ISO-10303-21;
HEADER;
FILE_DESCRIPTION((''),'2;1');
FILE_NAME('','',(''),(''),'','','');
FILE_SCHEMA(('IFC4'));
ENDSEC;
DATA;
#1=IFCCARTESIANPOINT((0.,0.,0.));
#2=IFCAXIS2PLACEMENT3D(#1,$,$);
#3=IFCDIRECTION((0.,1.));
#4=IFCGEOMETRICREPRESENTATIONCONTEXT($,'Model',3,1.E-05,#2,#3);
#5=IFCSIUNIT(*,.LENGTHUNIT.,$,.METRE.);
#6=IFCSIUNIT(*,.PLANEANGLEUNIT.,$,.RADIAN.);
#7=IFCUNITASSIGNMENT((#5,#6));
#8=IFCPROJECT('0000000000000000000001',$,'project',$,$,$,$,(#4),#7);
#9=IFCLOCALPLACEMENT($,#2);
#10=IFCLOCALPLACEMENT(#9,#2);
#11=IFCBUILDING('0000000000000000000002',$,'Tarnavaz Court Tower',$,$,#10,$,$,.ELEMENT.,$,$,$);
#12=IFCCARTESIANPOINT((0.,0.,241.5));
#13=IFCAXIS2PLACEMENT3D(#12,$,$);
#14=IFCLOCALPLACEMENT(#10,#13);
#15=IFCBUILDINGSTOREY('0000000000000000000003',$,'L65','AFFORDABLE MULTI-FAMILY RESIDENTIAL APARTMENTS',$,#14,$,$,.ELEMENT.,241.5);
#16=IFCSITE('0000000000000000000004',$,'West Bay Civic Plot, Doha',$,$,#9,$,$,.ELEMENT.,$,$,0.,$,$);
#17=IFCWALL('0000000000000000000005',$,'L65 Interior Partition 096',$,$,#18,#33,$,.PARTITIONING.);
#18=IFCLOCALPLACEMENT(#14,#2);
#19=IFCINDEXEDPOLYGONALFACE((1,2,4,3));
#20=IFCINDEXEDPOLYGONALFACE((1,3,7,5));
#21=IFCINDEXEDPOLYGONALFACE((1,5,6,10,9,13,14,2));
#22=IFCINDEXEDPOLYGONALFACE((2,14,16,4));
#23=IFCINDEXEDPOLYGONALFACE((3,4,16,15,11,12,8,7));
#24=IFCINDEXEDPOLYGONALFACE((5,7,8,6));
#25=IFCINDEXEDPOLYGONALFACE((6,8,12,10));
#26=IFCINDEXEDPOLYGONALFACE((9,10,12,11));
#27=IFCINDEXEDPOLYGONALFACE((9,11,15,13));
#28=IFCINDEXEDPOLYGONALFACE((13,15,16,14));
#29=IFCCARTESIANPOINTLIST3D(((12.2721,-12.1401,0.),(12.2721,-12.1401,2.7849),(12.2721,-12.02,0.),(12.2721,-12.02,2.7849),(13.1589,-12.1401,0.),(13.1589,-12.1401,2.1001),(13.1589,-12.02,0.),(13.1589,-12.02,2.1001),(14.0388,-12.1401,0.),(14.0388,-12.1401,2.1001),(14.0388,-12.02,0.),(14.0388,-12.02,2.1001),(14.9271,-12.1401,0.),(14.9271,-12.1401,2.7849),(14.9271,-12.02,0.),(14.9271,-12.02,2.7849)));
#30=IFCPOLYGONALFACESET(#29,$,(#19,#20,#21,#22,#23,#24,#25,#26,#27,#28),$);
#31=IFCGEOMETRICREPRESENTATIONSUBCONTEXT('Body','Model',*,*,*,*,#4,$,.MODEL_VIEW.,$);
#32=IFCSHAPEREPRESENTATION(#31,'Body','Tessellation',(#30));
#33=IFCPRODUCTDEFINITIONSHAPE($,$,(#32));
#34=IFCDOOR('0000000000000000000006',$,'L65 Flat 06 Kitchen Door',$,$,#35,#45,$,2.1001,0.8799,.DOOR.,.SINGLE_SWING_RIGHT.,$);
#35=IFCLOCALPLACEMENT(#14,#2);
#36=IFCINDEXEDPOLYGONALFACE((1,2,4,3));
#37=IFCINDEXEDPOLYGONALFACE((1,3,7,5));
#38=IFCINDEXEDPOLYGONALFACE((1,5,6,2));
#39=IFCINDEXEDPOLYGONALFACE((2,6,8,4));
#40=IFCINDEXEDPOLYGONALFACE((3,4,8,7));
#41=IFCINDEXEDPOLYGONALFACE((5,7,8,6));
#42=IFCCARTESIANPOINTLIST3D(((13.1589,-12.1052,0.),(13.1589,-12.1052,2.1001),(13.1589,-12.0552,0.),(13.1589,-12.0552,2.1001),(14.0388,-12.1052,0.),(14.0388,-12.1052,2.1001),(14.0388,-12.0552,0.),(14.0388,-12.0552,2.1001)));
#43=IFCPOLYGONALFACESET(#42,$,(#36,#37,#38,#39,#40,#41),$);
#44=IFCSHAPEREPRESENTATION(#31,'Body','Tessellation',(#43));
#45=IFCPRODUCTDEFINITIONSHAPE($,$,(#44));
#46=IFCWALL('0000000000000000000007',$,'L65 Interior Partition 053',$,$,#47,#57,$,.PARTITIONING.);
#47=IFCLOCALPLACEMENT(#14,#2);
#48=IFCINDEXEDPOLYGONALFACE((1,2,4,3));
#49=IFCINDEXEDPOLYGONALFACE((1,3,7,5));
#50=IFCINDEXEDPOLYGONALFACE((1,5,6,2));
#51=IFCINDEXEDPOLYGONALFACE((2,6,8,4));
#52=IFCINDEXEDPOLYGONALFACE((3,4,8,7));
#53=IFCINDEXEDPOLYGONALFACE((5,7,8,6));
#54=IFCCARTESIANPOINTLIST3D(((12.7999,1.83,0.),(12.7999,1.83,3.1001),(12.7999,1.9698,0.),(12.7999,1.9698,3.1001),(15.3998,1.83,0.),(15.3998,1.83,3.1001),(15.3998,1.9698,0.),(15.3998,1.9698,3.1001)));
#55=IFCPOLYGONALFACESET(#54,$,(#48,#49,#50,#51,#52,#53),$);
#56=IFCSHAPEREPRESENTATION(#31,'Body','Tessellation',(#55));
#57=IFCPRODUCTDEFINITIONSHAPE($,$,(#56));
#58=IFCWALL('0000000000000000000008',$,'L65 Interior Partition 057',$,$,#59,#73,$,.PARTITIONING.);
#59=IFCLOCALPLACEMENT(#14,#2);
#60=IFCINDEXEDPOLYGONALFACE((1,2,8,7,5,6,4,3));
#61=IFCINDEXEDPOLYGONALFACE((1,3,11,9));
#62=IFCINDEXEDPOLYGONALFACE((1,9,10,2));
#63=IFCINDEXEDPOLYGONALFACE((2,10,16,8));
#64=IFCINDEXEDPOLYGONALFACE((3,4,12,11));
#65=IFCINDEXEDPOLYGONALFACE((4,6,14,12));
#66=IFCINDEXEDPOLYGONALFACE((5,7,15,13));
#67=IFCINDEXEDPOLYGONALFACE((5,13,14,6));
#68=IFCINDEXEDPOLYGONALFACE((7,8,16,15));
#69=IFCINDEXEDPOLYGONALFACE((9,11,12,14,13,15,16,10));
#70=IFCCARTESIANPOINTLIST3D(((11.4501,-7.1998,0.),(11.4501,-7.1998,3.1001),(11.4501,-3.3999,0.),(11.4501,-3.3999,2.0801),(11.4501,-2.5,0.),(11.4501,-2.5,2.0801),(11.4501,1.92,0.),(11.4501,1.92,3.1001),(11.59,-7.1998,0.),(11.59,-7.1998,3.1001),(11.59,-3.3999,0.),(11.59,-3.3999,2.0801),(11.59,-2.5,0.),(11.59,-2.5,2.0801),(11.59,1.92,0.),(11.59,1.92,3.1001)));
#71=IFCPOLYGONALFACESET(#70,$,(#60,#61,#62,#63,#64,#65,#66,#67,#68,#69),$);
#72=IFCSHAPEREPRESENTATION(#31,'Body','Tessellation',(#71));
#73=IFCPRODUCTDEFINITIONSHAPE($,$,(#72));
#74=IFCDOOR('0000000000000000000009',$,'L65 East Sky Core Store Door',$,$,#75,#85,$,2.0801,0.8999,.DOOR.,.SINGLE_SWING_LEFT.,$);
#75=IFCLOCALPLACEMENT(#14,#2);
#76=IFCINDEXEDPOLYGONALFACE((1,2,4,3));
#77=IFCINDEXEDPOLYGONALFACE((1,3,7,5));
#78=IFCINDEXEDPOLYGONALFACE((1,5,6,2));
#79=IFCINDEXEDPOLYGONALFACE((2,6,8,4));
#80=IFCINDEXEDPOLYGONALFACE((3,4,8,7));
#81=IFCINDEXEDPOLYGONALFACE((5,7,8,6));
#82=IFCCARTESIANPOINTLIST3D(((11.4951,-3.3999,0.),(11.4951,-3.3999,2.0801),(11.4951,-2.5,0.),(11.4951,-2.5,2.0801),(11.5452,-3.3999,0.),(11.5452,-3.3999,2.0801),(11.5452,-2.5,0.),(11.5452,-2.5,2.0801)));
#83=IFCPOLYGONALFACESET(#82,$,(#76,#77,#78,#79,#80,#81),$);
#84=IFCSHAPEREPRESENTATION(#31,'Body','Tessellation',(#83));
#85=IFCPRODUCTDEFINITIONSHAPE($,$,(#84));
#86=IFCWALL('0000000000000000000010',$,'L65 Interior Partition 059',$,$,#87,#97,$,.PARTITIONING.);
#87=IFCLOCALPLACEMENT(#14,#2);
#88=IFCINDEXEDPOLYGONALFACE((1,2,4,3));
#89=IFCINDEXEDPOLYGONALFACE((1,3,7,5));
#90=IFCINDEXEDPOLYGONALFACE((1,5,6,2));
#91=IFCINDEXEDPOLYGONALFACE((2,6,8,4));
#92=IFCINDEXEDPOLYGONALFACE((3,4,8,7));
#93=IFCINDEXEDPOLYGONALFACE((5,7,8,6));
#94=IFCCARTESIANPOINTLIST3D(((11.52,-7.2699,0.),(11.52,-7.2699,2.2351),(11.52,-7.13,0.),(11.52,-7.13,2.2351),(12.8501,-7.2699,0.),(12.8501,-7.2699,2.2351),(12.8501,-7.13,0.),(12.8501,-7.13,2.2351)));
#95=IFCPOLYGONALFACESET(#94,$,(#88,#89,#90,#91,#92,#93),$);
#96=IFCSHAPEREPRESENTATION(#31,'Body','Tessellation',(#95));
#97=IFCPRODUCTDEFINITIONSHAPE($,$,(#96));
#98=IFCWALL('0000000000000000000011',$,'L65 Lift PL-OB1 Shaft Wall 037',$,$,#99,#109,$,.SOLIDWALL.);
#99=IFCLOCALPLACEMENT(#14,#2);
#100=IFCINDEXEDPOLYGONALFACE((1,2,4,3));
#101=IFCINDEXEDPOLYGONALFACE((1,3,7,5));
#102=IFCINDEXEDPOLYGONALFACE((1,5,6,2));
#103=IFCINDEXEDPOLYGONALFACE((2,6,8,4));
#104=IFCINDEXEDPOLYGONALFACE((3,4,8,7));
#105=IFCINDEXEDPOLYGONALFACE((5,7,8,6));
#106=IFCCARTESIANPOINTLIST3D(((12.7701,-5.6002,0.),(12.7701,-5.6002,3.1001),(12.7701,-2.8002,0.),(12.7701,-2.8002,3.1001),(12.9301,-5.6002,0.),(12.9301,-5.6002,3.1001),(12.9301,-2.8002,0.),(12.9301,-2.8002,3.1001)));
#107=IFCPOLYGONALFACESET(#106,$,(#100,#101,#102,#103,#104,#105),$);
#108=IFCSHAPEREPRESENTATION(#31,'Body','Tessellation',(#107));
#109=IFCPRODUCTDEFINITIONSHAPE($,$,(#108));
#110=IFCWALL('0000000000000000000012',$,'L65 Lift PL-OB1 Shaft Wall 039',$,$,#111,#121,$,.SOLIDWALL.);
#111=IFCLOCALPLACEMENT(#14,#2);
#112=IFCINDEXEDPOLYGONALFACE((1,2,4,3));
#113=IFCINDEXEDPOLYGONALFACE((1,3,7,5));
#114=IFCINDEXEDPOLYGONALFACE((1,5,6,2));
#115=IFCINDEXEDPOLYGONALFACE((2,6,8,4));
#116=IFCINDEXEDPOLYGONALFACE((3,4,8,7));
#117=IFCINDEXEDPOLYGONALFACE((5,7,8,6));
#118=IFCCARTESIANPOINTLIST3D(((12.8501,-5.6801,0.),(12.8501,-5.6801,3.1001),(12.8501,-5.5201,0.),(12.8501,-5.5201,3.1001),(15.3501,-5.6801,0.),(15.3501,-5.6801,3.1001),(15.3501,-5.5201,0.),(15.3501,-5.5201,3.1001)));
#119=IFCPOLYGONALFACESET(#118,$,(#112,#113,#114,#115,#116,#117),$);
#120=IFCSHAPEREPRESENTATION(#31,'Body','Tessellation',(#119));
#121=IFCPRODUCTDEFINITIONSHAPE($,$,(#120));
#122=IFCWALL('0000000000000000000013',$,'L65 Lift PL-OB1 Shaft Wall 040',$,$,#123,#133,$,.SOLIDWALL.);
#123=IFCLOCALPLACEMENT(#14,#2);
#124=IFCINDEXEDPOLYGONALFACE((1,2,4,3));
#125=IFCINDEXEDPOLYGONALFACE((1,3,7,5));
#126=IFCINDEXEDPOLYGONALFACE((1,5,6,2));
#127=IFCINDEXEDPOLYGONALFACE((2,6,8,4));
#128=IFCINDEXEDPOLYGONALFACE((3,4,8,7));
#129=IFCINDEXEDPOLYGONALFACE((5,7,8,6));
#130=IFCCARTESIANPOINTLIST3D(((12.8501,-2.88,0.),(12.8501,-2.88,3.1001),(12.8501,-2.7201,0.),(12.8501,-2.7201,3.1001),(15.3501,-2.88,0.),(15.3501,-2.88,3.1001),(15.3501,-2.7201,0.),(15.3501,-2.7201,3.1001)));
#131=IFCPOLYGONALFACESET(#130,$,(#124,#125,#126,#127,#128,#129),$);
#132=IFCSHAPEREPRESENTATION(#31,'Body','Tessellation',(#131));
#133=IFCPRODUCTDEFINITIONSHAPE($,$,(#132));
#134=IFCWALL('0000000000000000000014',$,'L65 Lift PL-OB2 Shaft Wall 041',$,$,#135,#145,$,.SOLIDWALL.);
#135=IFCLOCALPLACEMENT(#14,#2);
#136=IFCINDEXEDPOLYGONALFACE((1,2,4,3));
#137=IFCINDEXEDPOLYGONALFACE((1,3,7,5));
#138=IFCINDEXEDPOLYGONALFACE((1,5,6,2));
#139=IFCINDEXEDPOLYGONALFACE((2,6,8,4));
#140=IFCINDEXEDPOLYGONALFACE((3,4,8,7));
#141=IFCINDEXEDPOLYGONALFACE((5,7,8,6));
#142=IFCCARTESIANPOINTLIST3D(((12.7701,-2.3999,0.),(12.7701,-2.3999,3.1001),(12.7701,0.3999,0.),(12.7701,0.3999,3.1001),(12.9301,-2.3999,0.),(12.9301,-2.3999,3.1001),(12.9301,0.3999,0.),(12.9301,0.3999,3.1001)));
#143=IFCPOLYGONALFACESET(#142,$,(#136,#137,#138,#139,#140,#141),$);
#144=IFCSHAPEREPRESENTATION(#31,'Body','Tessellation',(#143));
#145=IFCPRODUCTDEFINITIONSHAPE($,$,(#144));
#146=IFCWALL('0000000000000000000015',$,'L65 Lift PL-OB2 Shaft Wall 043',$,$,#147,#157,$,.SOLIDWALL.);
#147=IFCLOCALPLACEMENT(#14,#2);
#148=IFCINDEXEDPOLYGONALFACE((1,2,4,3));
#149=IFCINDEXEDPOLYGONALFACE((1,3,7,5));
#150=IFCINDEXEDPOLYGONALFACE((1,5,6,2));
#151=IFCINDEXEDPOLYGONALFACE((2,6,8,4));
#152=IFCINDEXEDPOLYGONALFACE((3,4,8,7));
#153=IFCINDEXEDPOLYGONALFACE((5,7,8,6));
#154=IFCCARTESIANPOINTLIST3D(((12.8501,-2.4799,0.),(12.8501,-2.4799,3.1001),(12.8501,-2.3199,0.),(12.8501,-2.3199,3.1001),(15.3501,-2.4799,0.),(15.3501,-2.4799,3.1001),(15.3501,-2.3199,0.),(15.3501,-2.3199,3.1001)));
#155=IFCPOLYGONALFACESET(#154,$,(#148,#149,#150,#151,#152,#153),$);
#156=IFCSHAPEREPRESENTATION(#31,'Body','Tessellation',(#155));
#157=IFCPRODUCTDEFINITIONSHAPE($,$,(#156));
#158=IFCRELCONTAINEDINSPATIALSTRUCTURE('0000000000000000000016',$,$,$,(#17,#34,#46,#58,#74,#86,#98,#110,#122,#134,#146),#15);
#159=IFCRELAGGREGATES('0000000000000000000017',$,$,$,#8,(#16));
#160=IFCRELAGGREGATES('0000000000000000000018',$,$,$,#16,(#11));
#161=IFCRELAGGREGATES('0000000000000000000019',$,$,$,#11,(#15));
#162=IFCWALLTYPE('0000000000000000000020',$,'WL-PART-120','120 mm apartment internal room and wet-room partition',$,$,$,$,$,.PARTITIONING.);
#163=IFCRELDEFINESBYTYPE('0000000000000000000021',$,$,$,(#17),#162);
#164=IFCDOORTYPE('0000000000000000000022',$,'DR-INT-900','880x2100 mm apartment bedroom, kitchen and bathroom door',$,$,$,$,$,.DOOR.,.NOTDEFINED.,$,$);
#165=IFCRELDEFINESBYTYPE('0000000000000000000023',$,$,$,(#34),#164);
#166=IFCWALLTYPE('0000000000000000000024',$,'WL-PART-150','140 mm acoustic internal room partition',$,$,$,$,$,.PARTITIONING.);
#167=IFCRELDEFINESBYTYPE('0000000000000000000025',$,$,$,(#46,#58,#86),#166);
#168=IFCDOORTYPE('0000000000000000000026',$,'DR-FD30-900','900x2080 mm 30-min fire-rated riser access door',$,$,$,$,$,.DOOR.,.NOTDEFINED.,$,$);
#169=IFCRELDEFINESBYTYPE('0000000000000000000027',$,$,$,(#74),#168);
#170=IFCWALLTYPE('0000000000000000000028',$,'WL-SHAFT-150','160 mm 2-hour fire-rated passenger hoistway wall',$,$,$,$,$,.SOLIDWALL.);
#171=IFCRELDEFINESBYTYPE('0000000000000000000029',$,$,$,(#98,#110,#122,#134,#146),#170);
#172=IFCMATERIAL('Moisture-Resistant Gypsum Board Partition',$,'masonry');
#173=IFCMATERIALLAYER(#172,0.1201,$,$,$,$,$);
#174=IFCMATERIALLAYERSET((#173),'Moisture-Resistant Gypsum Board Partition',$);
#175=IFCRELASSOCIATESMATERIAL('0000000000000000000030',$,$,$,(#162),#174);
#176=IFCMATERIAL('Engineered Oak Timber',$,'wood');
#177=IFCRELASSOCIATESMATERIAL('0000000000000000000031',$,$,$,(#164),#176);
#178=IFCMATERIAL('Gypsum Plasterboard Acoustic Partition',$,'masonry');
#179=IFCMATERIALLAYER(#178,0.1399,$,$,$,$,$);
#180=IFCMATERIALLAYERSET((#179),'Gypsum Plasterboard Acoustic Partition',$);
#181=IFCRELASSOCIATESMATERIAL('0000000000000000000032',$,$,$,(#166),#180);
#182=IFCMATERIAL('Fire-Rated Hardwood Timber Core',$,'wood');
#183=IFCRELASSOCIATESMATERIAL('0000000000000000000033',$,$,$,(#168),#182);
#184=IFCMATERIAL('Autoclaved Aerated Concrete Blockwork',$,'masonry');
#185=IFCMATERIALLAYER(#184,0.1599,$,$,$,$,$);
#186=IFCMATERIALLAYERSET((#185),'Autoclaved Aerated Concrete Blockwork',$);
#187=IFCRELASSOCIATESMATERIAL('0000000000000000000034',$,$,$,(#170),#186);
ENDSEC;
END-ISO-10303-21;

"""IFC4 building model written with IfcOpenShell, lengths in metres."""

from ifc_helpers import new_model, si_unit, direction, frame, frame_2d, origin, place, context, subcontext, project, spatial, rectangle, extrude, material, layer, layer_set, type_object, element, fill, save


model = new_model("IFC4")

# Units and contexts
model_context = context("Model", 3, precision=1e-05, world=origin(), true_north=direction((0.0, 1.0)))
body_context = subcontext(model_context, "Body", "Model", "MODEL_VIEW")
ifc_project = project(units=[si_unit("LENGTHUNIT", "METRE"), si_unit("PLANEANGLEUNIT", "RADIAN")], contexts=[model_context])

# Site, building, storey
site_placement = place(None, origin())
site = spatial("IfcSite", under=ifc_project, at=site_placement, Name="West Bay Civic Plot, Doha", CompositionType="ELEMENT", RefElevation=0.0)
building_placement = place(site_placement, origin())
building = spatial("IfcBuilding", under=site, at=building_placement, Name="Tarnavaz Court Tower", CompositionType="ELEMENT")
storey_placement = place(building_placement, frame((0.0, 0.0, 241.5)))
storey = spatial("IfcBuildingStorey", under=building, at=storey_placement, Name="L65", Description="AFFORDABLE MULTI-FAMILY RESIDENTIAL APARTMENTS", CompositionType="ELEMENT", Elevation=241.5)

# Wall, opening, door
ifc_material_1 = material(Name="Fire-Rated Hardwood Timber Core", Category="wood")
ifc_material_2 = material(Name="Moisture-Resistant Gypsum Board Partition", Category="masonry")
ifc_layer_1 = layer(ifc_material_2, 0.1201)
ifc_layer_set_1 = layer_set([ifc_layer_1], Name="Moisture-Resistant Gypsum Board Partition")
wall_type_1 = type_object("IfcWallType", Name="WL-PART-120", Description="120 mm apartment internal room and wet-room partition", PredefinedType="PARTITIONING", material=ifc_layer_set_1)
wall_1_placement = place(storey_placement, frame((12.272, -12.0801, 0.0), z_axis=(0.0, 0.0, 1.0), x_axis=(1.0, 0.0, 0.0)))
wall_1 = element("IfcWall", 1, at=wall_1_placement, inside=storey, type_object=wall_type_1, Name="L65 Interior Partition 096", PredefinedType="PARTITIONING", context=body_context, shape_type="SweptSolid", body=[
    extrude(rectangle(XDim=2.655, YDim=0.1201, at=frame_2d((1.3276, 0.0))), origin(), (0.0, 0.0, 1.0), 2.7849),
])
opening_1_placement = place(wall_1_placement, frame((0.887, 0.0, 0.0)))
opening_1 = element("IfcOpeningElement", 2, at=opening_1_placement, cuts=wall_1, PredefinedType="OPENING", context=body_context, shape_type="SweptSolid", body=[
    extrude(rectangle(XDim=0.8799, YDim=2.1001, at=frame_2d((0.4399, 1.05))), frame((0.0, 0.0701, 0.0), z_axis=(0.0, -1.0, 0.0), x_axis=(1.0, 0.0, 0.0)), (0.0, 0.0, 1.0), 0.1401),
])
ifc_material_3 = material(Name="Engineered Oak Timber", Category="wood")
door_type_1 = type_object("IfcDoorType", Name="DR-INT-900", Description="880x2100 mm apartment bedroom, kitchen and bathroom door", OperationType="NOTDEFINED", PredefinedType="DOOR", material=ifc_material_3)
door_1_placement = place(opening_1_placement, origin())
door_1 = element("IfcDoor", 3, at=door_1_placement, inside=storey, type_object=door_type_1, Name="L65 Flat 06 Kitchen Door", OperationType="SINGLE_SWING_RIGHT", OverallHeight=2.1001, OverallWidth=0.8799, PredefinedType="DOOR", context=body_context, shape_type="SweptSolid", body=[
    extrude(rectangle(XDim=0.8799, YDim=2.1001, at=frame_2d((0.4399, 1.05))), frame((0.0, 0.0249, 0.0), z_axis=(0.0, -1.0, 0.0), x_axis=(1.0, 0.0, 0.0)), (0.0, 0.0, 1.0), 0.05),
])
fill(opening_1, door_1)

# Wall
ifc_material_4 = material(Name="Gypsum Plasterboard Acoustic Partition", Category="masonry")
ifc_layer_2 = layer(ifc_material_4, 0.1399)
ifc_layer_set_2 = layer_set([ifc_layer_2], Name="Gypsum Plasterboard Acoustic Partition")
wall_type_2 = type_object("IfcWallType", Name="WL-PART-150", Description="140 mm acoustic internal room partition", PredefinedType="PARTITIONING", material=ifc_layer_set_2)
wall_2_placement = place(storey_placement, frame((12.8, 1.8999, 0.0), z_axis=(0.0, 0.0, 1.0), x_axis=(1.0, 0.0, 0.0)))
element("IfcWall", 4, at=wall_2_placement, inside=storey, type_object=wall_type_2, Name="L65 Interior Partition 053", PredefinedType="PARTITIONING", context=body_context, shape_type="SweptSolid", body=[
    extrude(rectangle(XDim=2.5999, YDim=0.1399, at=frame_2d((1.2998, 0.0))), origin(), (0.0, 0.0, 1.0), 3.1001),
])

# Wall, opening, door
wall_3_placement = place(storey_placement, frame((11.52, -7.2, 0.0), z_axis=(0.0, 0.0, 1.0), x_axis=(0.0, 1.0, 0.0)))
wall_3 = element("IfcWall", 5, at=wall_3_placement, inside=storey, type_object=wall_type_2, Name="L65 Interior Partition 057", PredefinedType="PARTITIONING", context=body_context, shape_type="SweptSolid", body=[
    extrude(rectangle(XDim=9.1199, YDim=0.1399, at=frame_2d((4.5601, 0.0))), origin(), (0.0, 0.0, 1.0), 3.1001),
])
opening_2_placement = place(wall_3_placement, frame((3.8, 0.0, 0.0)))
opening_2 = element("IfcOpeningElement", 6, at=opening_2_placement, cuts=wall_3, PredefinedType="OPENING", context=body_context, shape_type="SweptSolid", body=[
    extrude(rectangle(XDim=0.8999, YDim=2.0801, at=frame_2d((0.45, 1.04))), frame((0.0, 0.0798, 0.0), z_axis=(0.0, -1.0, 0.0), x_axis=(1.0, 0.0, 0.0)), (0.0, 0.0, 1.0), 0.1599),
])
door_type_2 = type_object("IfcDoorType", Name="DR-FD30-900", Description="900x2080 mm 30-min fire-rated riser access door", OperationType="NOTDEFINED", PredefinedType="DOOR", material=ifc_material_1)
door_2_placement = place(opening_2_placement, origin())
door_2 = element("IfcDoor", 7, at=door_2_placement, inside=storey, type_object=door_type_2, Name="L65 East Sky Core Store Door", OperationType="SINGLE_SWING_LEFT", OverallHeight=2.0801, OverallWidth=0.8999, PredefinedType="DOOR", context=body_context, shape_type="SweptSolid", body=[
    extrude(rectangle(XDim=0.8999, YDim=2.0801, at=frame_2d((0.45, 1.04))), frame((0.0, 0.0249, 0.0), z_axis=(0.0, -1.0, 0.0), x_axis=(1.0, 0.0, 0.0)), (0.0, 0.0, 1.0), 0.05),
])
fill(opening_2, door_2)

# Walls
wall_4_placement = place(storey_placement, frame((11.52, -7.2, 0.0), z_axis=(0.0, 0.0, 1.0), x_axis=(1.0, 0.0, 0.0)))
element("IfcWall", 8, at=wall_4_placement, inside=storey, type_object=wall_type_2, Name="L65 Interior Partition 059", PredefinedType="PARTITIONING", context=body_context, shape_type="SweptSolid", body=[
    extrude(rectangle(XDim=1.3301, YDim=0.1399, at=frame_2d((0.665, 0.0))), origin(), (0.0, 0.0, 1.0), 2.2351),
])
ifc_material_5 = material(Name="Autoclaved Aerated Concrete Blockwork", Category="masonry")
ifc_layer_3 = layer(ifc_material_5, 0.1599)
ifc_layer_set_3 = layer_set([ifc_layer_3], Name="Autoclaved Aerated Concrete Blockwork")
wall_type_3 = type_object("IfcWallType", Name="WL-SHAFT-150", Description="160 mm 2-hour fire-rated passenger hoistway wall", PredefinedType="SOLIDWALL", material=ifc_layer_set_3)
wall_5_placement = place(storey_placement, frame((12.8501, -5.6001, 0.0), z_axis=(0.0, 0.0, 1.0), x_axis=(0.0, 1.0, 0.0)))
element("IfcWall", 9, at=wall_5_placement, inside=storey, type_object=wall_type_3, Name="L65 Lift PL-OB1 Shaft Wall 037", PredefinedType="SOLIDWALL", context=body_context, shape_type="SweptSolid", body=[
    extrude(rectangle(XDim=2.8, YDim=0.1599, at=frame_2d((1.3999, 0.0))), origin(), (0.0, 0.0, 1.0), 3.1001),
])
for number, where, z_axis, x_axis, name in (
    (10, (12.8501, -5.6001, 0.0), (0.0, 0.0, 1.0), (1.0, 0.0, 0.0), "L65 Lift PL-OB1 Shaft Wall 039"),
    (11, (12.8501, -2.8, 0.0), (0.0, 0.0, 1.0), (1.0, 0.0, 0.0), "L65 Lift PL-OB1 Shaft Wall 040"),
):
    element("IfcWall", number, at=place(storey_placement, frame(where, z_axis=z_axis, x_axis=x_axis)), inside=storey, type_object=wall_type_3, Name=name, PredefinedType="SOLIDWALL", context=body_context, shape_type="SweptSolid", body=[
        extrude(rectangle(XDim=2.5, YDim=0.1599, at=frame_2d((1.25, 0.0))), origin(), (0.0, 0.0, 1.0), 3.1001),
    ])
wall_6_placement = place(storey_placement, frame((12.8501, -2.3999, 0.0), z_axis=(0.0, 0.0, 1.0), x_axis=(0.0, 1.0, 0.0)))
element("IfcWall", 12, at=wall_6_placement, inside=storey, type_object=wall_type_3, Name="L65 Lift PL-OB2 Shaft Wall 041", PredefinedType="SOLIDWALL", context=body_context, shape_type="SweptSolid", body=[
    extrude(rectangle(XDim=2.7998, YDim=0.1599, at=frame_2d((1.3999, 0.0))), origin(), (0.0, 0.0, 1.0), 3.1001),
])
wall_7_placement = place(storey_placement, frame((12.8501, -2.3999, 0.0), z_axis=(0.0, 0.0, 1.0), x_axis=(1.0, 0.0, 0.0)))
element("IfcWall", 13, at=wall_7_placement, inside=storey, type_object=wall_type_3, Name="L65 Lift PL-OB2 Shaft Wall 043", PredefinedType="SOLIDWALL", context=body_context, shape_type="SweptSolid", body=[
    extrude(rectangle(XDim=2.5, YDim=0.1599, at=frame_2d((1.25, 0.0))), origin(), (0.0, 0.0, 1.0), 3.1001),
])

save(model, "model.ifc")
